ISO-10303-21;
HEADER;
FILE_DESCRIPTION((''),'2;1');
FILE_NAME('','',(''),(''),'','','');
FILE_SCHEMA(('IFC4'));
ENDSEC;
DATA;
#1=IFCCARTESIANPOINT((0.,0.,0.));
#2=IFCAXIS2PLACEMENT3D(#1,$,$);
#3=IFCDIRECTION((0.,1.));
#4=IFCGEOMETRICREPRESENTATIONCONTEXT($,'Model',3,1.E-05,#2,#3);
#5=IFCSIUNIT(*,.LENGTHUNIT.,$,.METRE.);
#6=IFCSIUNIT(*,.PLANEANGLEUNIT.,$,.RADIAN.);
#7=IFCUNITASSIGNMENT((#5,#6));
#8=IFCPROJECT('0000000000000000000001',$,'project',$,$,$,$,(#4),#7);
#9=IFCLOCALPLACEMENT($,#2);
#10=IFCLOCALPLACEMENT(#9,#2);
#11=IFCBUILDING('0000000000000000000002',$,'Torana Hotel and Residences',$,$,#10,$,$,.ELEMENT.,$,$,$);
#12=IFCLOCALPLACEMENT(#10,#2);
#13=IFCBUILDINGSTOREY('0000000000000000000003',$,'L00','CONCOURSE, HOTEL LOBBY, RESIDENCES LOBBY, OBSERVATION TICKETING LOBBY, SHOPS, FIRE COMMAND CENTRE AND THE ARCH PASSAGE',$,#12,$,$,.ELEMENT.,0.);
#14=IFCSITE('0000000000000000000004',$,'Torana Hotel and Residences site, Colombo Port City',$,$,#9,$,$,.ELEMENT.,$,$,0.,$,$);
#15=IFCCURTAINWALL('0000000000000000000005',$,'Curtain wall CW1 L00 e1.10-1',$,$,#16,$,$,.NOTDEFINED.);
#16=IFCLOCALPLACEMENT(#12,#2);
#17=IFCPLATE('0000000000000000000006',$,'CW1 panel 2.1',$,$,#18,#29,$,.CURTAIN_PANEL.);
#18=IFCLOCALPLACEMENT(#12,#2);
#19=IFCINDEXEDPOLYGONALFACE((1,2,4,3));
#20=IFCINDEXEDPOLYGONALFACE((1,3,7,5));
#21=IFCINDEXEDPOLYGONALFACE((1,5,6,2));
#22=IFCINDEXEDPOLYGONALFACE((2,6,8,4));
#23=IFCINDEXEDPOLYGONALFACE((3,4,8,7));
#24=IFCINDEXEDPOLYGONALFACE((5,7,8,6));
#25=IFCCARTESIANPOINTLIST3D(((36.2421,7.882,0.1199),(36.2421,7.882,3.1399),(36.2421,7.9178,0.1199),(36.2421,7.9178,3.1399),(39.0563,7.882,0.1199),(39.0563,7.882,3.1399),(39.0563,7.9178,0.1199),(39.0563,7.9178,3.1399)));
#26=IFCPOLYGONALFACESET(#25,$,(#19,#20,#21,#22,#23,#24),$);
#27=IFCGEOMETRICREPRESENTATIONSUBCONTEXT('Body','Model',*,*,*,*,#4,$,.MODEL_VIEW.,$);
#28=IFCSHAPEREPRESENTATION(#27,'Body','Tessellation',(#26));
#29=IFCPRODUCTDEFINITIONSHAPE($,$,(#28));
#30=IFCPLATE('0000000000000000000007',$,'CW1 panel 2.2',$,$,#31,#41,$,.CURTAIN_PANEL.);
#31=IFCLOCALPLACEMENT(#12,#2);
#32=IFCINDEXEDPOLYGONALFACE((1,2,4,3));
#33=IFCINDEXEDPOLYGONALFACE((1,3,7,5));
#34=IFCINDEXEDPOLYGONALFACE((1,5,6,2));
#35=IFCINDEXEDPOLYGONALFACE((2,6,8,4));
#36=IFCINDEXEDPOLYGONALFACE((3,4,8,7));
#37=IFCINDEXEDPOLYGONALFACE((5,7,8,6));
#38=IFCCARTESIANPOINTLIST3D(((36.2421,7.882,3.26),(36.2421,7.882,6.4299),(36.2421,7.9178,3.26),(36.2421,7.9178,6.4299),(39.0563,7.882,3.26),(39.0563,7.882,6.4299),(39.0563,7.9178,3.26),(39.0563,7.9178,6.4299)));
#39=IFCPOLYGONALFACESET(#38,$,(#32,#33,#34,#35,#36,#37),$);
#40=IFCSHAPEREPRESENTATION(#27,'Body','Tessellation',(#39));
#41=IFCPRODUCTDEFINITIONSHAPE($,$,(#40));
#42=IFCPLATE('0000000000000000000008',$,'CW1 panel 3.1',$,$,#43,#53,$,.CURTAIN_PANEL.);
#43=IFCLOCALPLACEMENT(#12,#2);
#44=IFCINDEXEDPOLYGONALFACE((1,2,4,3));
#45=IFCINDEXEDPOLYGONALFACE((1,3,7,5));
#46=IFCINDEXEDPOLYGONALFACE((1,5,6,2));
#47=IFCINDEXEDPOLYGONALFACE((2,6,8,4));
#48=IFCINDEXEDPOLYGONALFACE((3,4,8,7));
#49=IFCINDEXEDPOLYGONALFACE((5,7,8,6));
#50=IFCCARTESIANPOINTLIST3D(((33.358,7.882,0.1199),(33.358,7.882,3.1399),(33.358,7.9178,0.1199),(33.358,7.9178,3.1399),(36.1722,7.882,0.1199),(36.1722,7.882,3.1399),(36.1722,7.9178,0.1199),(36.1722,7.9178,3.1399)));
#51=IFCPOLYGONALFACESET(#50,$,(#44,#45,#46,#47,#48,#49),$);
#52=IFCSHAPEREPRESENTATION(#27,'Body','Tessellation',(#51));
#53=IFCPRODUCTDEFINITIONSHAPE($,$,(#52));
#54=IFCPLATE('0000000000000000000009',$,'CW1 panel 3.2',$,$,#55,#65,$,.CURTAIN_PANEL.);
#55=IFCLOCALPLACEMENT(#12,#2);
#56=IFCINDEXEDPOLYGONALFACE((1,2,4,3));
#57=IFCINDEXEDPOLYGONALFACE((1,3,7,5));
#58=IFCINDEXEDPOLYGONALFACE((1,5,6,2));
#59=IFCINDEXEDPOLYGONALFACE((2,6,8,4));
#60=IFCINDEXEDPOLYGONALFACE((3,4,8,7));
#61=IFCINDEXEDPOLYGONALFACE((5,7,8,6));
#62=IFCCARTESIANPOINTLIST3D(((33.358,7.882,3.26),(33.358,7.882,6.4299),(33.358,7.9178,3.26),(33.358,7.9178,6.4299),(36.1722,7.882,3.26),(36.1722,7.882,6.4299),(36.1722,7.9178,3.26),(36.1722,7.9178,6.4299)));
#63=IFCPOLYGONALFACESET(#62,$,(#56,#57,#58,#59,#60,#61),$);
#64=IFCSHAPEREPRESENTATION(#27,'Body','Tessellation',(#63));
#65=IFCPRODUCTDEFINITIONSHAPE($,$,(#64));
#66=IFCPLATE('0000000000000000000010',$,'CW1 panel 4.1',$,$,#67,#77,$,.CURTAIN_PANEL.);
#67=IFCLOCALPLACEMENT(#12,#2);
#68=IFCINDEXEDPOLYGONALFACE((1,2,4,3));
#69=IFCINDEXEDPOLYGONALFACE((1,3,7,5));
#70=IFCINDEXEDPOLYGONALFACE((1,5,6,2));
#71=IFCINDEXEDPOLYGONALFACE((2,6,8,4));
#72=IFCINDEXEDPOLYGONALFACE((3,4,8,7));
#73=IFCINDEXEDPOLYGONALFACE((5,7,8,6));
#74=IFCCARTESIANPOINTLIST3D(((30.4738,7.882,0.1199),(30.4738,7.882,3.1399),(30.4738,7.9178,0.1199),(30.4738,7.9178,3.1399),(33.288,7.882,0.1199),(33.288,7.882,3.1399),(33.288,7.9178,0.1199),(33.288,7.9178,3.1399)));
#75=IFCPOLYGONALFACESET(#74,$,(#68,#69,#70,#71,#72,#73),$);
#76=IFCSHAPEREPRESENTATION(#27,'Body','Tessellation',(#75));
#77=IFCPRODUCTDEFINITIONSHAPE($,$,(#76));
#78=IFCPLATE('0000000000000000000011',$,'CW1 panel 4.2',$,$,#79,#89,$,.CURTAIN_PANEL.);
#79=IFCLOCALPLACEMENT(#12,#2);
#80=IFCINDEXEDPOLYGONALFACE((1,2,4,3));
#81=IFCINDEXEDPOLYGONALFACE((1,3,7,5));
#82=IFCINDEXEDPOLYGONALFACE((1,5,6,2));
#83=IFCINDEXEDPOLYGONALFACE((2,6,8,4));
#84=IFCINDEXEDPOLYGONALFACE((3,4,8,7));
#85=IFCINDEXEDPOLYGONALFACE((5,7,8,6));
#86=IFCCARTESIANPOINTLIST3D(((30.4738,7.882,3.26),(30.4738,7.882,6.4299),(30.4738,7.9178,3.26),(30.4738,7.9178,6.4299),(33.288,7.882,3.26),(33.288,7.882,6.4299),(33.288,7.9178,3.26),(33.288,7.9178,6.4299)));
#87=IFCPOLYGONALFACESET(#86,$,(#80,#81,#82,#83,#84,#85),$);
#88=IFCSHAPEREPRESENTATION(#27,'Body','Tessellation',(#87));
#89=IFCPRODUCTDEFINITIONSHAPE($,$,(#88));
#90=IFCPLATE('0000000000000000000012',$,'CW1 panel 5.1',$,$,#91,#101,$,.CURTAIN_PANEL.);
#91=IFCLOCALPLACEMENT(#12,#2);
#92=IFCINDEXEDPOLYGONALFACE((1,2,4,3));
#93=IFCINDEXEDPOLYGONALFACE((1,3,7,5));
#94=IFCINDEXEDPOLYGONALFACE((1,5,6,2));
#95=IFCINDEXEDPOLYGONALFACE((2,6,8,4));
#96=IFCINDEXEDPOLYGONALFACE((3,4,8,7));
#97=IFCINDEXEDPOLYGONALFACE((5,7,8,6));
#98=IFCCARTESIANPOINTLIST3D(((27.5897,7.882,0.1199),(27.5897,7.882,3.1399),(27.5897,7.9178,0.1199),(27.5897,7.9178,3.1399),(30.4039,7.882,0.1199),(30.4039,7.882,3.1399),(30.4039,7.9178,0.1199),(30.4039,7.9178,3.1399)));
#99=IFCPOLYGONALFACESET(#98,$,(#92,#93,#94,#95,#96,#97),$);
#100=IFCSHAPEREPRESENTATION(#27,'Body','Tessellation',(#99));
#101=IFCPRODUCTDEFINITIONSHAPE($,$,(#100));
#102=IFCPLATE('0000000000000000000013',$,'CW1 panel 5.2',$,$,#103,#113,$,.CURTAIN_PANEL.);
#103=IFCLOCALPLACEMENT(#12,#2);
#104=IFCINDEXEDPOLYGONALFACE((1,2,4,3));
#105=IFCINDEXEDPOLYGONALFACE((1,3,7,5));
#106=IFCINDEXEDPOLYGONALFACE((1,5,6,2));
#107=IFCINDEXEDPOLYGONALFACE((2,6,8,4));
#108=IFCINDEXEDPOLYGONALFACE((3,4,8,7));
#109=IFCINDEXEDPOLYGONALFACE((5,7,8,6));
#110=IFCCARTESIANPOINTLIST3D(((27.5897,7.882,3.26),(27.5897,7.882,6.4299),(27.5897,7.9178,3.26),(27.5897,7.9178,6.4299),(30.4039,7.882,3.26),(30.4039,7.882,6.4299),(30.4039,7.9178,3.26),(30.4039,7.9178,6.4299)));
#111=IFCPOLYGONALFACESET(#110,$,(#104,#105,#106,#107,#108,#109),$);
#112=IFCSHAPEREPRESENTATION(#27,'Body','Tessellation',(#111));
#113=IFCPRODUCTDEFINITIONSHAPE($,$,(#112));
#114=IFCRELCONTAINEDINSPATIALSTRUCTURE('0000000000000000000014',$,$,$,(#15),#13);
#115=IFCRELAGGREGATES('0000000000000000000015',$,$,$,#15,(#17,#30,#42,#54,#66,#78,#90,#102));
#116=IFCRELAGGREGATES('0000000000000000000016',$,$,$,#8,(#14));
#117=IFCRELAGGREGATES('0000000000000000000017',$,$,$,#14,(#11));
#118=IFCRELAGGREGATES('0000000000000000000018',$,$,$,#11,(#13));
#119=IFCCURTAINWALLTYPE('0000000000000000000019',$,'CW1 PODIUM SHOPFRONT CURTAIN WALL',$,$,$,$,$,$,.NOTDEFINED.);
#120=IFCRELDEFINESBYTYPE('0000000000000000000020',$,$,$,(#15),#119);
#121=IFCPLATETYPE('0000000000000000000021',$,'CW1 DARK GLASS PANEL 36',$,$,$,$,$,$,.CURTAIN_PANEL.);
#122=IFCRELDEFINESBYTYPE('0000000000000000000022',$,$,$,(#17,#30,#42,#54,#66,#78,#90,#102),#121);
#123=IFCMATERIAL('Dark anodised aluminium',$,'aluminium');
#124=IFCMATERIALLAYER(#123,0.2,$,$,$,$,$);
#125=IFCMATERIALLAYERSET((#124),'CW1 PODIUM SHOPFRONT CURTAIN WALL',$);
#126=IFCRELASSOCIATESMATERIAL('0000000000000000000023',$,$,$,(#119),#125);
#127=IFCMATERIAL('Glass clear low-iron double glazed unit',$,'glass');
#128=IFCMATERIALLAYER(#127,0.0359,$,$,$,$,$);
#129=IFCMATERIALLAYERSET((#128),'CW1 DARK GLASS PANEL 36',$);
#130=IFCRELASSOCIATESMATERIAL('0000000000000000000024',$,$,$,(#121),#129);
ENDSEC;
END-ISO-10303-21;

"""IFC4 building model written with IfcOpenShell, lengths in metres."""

from ifc_helpers import new_model, si_unit, direction, frame, origin, origin_2d, place, context, subcontext, project, spatial, rectangle, extrude, material, layer, layer_set, type_object, element, aggregate, save


model = new_model("IFC4")

# Units and contexts
model_context = context("Model", 3, precision=1e-05, world=origin(), true_north=direction((0.0, 1.0)))
body_context = subcontext(model_context, "Body", "Model", "MODEL_VIEW")
ifc_project = project(units=[si_unit("LENGTHUNIT", "METRE"), si_unit("PLANEANGLEUNIT", "RADIAN")], contexts=[model_context])

# Site, building, storey
site_placement = place(None, origin())
site = spatial("IfcSite", under=ifc_project, at=site_placement, Name="Torana Hotel and Residences site, Colombo Port City", CompositionType="ELEMENT", RefElevation=0.0)
building_placement = place(site_placement, origin())
building = spatial("IfcBuilding", under=site, at=building_placement, Name="Torana Hotel and Residences", CompositionType="ELEMENT")
storey_placement = place(building_placement, origin())
storey = spatial("IfcBuildingStorey", under=building, at=storey_placement, Name="L00", Description="CONCOURSE, HOTEL LOBBY, RESIDENCES LOBBY, OBSERVATION TICKETING LOBBY, SHOPS, FIRE COMMAND CENTRE AND THE ARCH PASSAGE", CompositionType="ELEMENT", Elevation=0.0)

# Curtain wall, plates
ifc_material_1 = material(Name="Dark anodised aluminium", Category="aluminium")
ifc_layer_1 = layer(ifc_material_1, 0.2)
ifc_layer_set_1 = layer_set([ifc_layer_1], Name="CW1 PODIUM SHOPFRONT CURTAIN WALL")
curtain_wall_type = type_object("IfcCurtainWallType", Name="CW1 PODIUM SHOPFRONT CURTAIN WALL", PredefinedType="NOTDEFINED", material=ifc_layer_set_1)
curtain_wall_placement = place(storey_placement, origin())
curtain_wall = element("IfcCurtainWall", 1, at=curtain_wall_placement, inside=storey, type_object=curtain_wall_type, Name="Curtain wall CW1 L00 e1.10-1", PredefinedType="NOTDEFINED")
ifc_material_2 = material(Name="Glass clear low-iron double glazed unit", Category="glass")
ifc_layer_2 = layer(ifc_material_2, 0.0359)
ifc_layer_set_2 = layer_set([ifc_layer_2], Name="CW1 DARK GLASS PANEL 36")
plate_type = type_object("IfcPlateType", Name="CW1 DARK GLASS PANEL 36", PredefinedType="CURTAIN_PANEL", material=ifc_layer_set_2)
plate_1_placement = place(storey_placement, frame((37.6492, 7.8999, 0.1199), z_axis=(0.0, 0.0, 1.0), x_axis=(-1.0, 0.0, 0.0)))
plate_1 = element("IfcPlate", 2, at=plate_1_placement, type_object=plate_type, Name="CW1 panel 2.1", PredefinedType="CURTAIN_PANEL", context=body_context, shape_type="SweptSolid", body=[
    extrude(rectangle(XDim=2.8142, YDim=0.0359, at=origin_2d()), origin(), (0.0, 0.0, 1.0), 3.02),
])
plate_2_placement = place(storey_placement, frame((37.6492, 7.8999, 3.26), z_axis=(0.0, 0.0, 1.0), x_axis=(-1.0, 0.0, 0.0)))
plate_2 = element("IfcPlate", 3, at=plate_2_placement, type_object=plate_type, Name="CW1 panel 2.2", PredefinedType="CURTAIN_PANEL", context=body_context, shape_type="SweptSolid", body=[
    extrude(rectangle(XDim=2.8142, YDim=0.0359, at=origin_2d()), origin(), (0.0, 0.0, 1.0), 3.1699),
])
plate_3_placement = place(storey_placement, frame((34.7651, 7.8999, 0.1199), z_axis=(0.0, 0.0, 1.0), x_axis=(-1.0, 0.0, 0.0)))
plate_3 = element("IfcPlate", 4, at=plate_3_placement, type_object=plate_type, Name="CW1 panel 3.1", PredefinedType="CURTAIN_PANEL", context=body_context, shape_type="SweptSolid", body=[
    extrude(rectangle(XDim=2.8142, YDim=0.0359, at=origin_2d()), origin(), (0.0, 0.0, 1.0), 3.02),
])
plate_4_placement = place(storey_placement, frame((34.7651, 7.8999, 3.26), z_axis=(0.0, 0.0, 1.0), x_axis=(-1.0, 0.0, 0.0)))
plate_4 = element("IfcPlate", 5, at=plate_4_placement, type_object=plate_type, Name="CW1 panel 3.2", PredefinedType="CURTAIN_PANEL", context=body_context, shape_type="SweptSolid", body=[
    extrude(rectangle(XDim=2.8142, YDim=0.0359, at=origin_2d()), origin(), (0.0, 0.0, 1.0), 3.1699),
])
plate_5_placement = place(storey_placement, frame((31.8809, 7.8999, 0.1199), z_axis=(0.0, 0.0, 1.0), x_axis=(-1.0, 0.0, 0.0)))
plate_5 = element("IfcPlate", 6, at=plate_5_placement, type_object=plate_type, Name="CW1 panel 4.1", PredefinedType="CURTAIN_PANEL", context=body_context, shape_type="SweptSolid", body=[
    extrude(rectangle(XDim=2.8142, YDim=0.0359, at=origin_2d()), origin(), (0.0, 0.0, 1.0), 3.02),
])
plate_6_placement = place(storey_placement, frame((31.8809, 7.8999, 3.26), z_axis=(0.0, 0.0, 1.0), x_axis=(-1.0, 0.0, 0.0)))
plate_6 = element("IfcPlate", 7, at=plate_6_placement, type_object=plate_type, Name="CW1 panel 4.2", PredefinedType="CURTAIN_PANEL", context=body_context, shape_type="SweptSolid", body=[
    extrude(rectangle(XDim=2.8142, YDim=0.0359, at=origin_2d()), origin(), (0.0, 0.0, 1.0), 3.1699),
])
plate_7_placement = place(storey_placement, frame((28.9968, 7.8999, 0.1199), z_axis=(0.0, 0.0, 1.0), x_axis=(-1.0, 0.0, 0.0)))
plate_7 = element("IfcPlate", 8, at=plate_7_placement, type_object=plate_type, Name="CW1 panel 5.1", PredefinedType="CURTAIN_PANEL", context=body_context, shape_type="SweptSolid", body=[
    extrude(rectangle(XDim=2.8142, YDim=0.0359, at=origin_2d()), origin(), (0.0, 0.0, 1.0), 3.02),
])
plate_8_placement = place(storey_placement, frame((28.9968, 7.8999, 3.26), z_axis=(0.0, 0.0, 1.0), x_axis=(-1.0, 0.0, 0.0)))
plate_8 = element("IfcPlate", 9, at=plate_8_placement, type_object=plate_type, Name="CW1 panel 5.2", PredefinedType="CURTAIN_PANEL", context=body_context, shape_type="SweptSolid", body=[
    extrude(rectangle(XDim=2.8142, YDim=0.0359, at=origin_2d()), origin(), (0.0, 0.0, 1.0), 3.1699),
])
aggregate(curtain_wall, [plate_1, plate_2, plate_3, plate_4, plate_5, plate_6, plate_7, plate_8])

save(model, "model.ifc")
